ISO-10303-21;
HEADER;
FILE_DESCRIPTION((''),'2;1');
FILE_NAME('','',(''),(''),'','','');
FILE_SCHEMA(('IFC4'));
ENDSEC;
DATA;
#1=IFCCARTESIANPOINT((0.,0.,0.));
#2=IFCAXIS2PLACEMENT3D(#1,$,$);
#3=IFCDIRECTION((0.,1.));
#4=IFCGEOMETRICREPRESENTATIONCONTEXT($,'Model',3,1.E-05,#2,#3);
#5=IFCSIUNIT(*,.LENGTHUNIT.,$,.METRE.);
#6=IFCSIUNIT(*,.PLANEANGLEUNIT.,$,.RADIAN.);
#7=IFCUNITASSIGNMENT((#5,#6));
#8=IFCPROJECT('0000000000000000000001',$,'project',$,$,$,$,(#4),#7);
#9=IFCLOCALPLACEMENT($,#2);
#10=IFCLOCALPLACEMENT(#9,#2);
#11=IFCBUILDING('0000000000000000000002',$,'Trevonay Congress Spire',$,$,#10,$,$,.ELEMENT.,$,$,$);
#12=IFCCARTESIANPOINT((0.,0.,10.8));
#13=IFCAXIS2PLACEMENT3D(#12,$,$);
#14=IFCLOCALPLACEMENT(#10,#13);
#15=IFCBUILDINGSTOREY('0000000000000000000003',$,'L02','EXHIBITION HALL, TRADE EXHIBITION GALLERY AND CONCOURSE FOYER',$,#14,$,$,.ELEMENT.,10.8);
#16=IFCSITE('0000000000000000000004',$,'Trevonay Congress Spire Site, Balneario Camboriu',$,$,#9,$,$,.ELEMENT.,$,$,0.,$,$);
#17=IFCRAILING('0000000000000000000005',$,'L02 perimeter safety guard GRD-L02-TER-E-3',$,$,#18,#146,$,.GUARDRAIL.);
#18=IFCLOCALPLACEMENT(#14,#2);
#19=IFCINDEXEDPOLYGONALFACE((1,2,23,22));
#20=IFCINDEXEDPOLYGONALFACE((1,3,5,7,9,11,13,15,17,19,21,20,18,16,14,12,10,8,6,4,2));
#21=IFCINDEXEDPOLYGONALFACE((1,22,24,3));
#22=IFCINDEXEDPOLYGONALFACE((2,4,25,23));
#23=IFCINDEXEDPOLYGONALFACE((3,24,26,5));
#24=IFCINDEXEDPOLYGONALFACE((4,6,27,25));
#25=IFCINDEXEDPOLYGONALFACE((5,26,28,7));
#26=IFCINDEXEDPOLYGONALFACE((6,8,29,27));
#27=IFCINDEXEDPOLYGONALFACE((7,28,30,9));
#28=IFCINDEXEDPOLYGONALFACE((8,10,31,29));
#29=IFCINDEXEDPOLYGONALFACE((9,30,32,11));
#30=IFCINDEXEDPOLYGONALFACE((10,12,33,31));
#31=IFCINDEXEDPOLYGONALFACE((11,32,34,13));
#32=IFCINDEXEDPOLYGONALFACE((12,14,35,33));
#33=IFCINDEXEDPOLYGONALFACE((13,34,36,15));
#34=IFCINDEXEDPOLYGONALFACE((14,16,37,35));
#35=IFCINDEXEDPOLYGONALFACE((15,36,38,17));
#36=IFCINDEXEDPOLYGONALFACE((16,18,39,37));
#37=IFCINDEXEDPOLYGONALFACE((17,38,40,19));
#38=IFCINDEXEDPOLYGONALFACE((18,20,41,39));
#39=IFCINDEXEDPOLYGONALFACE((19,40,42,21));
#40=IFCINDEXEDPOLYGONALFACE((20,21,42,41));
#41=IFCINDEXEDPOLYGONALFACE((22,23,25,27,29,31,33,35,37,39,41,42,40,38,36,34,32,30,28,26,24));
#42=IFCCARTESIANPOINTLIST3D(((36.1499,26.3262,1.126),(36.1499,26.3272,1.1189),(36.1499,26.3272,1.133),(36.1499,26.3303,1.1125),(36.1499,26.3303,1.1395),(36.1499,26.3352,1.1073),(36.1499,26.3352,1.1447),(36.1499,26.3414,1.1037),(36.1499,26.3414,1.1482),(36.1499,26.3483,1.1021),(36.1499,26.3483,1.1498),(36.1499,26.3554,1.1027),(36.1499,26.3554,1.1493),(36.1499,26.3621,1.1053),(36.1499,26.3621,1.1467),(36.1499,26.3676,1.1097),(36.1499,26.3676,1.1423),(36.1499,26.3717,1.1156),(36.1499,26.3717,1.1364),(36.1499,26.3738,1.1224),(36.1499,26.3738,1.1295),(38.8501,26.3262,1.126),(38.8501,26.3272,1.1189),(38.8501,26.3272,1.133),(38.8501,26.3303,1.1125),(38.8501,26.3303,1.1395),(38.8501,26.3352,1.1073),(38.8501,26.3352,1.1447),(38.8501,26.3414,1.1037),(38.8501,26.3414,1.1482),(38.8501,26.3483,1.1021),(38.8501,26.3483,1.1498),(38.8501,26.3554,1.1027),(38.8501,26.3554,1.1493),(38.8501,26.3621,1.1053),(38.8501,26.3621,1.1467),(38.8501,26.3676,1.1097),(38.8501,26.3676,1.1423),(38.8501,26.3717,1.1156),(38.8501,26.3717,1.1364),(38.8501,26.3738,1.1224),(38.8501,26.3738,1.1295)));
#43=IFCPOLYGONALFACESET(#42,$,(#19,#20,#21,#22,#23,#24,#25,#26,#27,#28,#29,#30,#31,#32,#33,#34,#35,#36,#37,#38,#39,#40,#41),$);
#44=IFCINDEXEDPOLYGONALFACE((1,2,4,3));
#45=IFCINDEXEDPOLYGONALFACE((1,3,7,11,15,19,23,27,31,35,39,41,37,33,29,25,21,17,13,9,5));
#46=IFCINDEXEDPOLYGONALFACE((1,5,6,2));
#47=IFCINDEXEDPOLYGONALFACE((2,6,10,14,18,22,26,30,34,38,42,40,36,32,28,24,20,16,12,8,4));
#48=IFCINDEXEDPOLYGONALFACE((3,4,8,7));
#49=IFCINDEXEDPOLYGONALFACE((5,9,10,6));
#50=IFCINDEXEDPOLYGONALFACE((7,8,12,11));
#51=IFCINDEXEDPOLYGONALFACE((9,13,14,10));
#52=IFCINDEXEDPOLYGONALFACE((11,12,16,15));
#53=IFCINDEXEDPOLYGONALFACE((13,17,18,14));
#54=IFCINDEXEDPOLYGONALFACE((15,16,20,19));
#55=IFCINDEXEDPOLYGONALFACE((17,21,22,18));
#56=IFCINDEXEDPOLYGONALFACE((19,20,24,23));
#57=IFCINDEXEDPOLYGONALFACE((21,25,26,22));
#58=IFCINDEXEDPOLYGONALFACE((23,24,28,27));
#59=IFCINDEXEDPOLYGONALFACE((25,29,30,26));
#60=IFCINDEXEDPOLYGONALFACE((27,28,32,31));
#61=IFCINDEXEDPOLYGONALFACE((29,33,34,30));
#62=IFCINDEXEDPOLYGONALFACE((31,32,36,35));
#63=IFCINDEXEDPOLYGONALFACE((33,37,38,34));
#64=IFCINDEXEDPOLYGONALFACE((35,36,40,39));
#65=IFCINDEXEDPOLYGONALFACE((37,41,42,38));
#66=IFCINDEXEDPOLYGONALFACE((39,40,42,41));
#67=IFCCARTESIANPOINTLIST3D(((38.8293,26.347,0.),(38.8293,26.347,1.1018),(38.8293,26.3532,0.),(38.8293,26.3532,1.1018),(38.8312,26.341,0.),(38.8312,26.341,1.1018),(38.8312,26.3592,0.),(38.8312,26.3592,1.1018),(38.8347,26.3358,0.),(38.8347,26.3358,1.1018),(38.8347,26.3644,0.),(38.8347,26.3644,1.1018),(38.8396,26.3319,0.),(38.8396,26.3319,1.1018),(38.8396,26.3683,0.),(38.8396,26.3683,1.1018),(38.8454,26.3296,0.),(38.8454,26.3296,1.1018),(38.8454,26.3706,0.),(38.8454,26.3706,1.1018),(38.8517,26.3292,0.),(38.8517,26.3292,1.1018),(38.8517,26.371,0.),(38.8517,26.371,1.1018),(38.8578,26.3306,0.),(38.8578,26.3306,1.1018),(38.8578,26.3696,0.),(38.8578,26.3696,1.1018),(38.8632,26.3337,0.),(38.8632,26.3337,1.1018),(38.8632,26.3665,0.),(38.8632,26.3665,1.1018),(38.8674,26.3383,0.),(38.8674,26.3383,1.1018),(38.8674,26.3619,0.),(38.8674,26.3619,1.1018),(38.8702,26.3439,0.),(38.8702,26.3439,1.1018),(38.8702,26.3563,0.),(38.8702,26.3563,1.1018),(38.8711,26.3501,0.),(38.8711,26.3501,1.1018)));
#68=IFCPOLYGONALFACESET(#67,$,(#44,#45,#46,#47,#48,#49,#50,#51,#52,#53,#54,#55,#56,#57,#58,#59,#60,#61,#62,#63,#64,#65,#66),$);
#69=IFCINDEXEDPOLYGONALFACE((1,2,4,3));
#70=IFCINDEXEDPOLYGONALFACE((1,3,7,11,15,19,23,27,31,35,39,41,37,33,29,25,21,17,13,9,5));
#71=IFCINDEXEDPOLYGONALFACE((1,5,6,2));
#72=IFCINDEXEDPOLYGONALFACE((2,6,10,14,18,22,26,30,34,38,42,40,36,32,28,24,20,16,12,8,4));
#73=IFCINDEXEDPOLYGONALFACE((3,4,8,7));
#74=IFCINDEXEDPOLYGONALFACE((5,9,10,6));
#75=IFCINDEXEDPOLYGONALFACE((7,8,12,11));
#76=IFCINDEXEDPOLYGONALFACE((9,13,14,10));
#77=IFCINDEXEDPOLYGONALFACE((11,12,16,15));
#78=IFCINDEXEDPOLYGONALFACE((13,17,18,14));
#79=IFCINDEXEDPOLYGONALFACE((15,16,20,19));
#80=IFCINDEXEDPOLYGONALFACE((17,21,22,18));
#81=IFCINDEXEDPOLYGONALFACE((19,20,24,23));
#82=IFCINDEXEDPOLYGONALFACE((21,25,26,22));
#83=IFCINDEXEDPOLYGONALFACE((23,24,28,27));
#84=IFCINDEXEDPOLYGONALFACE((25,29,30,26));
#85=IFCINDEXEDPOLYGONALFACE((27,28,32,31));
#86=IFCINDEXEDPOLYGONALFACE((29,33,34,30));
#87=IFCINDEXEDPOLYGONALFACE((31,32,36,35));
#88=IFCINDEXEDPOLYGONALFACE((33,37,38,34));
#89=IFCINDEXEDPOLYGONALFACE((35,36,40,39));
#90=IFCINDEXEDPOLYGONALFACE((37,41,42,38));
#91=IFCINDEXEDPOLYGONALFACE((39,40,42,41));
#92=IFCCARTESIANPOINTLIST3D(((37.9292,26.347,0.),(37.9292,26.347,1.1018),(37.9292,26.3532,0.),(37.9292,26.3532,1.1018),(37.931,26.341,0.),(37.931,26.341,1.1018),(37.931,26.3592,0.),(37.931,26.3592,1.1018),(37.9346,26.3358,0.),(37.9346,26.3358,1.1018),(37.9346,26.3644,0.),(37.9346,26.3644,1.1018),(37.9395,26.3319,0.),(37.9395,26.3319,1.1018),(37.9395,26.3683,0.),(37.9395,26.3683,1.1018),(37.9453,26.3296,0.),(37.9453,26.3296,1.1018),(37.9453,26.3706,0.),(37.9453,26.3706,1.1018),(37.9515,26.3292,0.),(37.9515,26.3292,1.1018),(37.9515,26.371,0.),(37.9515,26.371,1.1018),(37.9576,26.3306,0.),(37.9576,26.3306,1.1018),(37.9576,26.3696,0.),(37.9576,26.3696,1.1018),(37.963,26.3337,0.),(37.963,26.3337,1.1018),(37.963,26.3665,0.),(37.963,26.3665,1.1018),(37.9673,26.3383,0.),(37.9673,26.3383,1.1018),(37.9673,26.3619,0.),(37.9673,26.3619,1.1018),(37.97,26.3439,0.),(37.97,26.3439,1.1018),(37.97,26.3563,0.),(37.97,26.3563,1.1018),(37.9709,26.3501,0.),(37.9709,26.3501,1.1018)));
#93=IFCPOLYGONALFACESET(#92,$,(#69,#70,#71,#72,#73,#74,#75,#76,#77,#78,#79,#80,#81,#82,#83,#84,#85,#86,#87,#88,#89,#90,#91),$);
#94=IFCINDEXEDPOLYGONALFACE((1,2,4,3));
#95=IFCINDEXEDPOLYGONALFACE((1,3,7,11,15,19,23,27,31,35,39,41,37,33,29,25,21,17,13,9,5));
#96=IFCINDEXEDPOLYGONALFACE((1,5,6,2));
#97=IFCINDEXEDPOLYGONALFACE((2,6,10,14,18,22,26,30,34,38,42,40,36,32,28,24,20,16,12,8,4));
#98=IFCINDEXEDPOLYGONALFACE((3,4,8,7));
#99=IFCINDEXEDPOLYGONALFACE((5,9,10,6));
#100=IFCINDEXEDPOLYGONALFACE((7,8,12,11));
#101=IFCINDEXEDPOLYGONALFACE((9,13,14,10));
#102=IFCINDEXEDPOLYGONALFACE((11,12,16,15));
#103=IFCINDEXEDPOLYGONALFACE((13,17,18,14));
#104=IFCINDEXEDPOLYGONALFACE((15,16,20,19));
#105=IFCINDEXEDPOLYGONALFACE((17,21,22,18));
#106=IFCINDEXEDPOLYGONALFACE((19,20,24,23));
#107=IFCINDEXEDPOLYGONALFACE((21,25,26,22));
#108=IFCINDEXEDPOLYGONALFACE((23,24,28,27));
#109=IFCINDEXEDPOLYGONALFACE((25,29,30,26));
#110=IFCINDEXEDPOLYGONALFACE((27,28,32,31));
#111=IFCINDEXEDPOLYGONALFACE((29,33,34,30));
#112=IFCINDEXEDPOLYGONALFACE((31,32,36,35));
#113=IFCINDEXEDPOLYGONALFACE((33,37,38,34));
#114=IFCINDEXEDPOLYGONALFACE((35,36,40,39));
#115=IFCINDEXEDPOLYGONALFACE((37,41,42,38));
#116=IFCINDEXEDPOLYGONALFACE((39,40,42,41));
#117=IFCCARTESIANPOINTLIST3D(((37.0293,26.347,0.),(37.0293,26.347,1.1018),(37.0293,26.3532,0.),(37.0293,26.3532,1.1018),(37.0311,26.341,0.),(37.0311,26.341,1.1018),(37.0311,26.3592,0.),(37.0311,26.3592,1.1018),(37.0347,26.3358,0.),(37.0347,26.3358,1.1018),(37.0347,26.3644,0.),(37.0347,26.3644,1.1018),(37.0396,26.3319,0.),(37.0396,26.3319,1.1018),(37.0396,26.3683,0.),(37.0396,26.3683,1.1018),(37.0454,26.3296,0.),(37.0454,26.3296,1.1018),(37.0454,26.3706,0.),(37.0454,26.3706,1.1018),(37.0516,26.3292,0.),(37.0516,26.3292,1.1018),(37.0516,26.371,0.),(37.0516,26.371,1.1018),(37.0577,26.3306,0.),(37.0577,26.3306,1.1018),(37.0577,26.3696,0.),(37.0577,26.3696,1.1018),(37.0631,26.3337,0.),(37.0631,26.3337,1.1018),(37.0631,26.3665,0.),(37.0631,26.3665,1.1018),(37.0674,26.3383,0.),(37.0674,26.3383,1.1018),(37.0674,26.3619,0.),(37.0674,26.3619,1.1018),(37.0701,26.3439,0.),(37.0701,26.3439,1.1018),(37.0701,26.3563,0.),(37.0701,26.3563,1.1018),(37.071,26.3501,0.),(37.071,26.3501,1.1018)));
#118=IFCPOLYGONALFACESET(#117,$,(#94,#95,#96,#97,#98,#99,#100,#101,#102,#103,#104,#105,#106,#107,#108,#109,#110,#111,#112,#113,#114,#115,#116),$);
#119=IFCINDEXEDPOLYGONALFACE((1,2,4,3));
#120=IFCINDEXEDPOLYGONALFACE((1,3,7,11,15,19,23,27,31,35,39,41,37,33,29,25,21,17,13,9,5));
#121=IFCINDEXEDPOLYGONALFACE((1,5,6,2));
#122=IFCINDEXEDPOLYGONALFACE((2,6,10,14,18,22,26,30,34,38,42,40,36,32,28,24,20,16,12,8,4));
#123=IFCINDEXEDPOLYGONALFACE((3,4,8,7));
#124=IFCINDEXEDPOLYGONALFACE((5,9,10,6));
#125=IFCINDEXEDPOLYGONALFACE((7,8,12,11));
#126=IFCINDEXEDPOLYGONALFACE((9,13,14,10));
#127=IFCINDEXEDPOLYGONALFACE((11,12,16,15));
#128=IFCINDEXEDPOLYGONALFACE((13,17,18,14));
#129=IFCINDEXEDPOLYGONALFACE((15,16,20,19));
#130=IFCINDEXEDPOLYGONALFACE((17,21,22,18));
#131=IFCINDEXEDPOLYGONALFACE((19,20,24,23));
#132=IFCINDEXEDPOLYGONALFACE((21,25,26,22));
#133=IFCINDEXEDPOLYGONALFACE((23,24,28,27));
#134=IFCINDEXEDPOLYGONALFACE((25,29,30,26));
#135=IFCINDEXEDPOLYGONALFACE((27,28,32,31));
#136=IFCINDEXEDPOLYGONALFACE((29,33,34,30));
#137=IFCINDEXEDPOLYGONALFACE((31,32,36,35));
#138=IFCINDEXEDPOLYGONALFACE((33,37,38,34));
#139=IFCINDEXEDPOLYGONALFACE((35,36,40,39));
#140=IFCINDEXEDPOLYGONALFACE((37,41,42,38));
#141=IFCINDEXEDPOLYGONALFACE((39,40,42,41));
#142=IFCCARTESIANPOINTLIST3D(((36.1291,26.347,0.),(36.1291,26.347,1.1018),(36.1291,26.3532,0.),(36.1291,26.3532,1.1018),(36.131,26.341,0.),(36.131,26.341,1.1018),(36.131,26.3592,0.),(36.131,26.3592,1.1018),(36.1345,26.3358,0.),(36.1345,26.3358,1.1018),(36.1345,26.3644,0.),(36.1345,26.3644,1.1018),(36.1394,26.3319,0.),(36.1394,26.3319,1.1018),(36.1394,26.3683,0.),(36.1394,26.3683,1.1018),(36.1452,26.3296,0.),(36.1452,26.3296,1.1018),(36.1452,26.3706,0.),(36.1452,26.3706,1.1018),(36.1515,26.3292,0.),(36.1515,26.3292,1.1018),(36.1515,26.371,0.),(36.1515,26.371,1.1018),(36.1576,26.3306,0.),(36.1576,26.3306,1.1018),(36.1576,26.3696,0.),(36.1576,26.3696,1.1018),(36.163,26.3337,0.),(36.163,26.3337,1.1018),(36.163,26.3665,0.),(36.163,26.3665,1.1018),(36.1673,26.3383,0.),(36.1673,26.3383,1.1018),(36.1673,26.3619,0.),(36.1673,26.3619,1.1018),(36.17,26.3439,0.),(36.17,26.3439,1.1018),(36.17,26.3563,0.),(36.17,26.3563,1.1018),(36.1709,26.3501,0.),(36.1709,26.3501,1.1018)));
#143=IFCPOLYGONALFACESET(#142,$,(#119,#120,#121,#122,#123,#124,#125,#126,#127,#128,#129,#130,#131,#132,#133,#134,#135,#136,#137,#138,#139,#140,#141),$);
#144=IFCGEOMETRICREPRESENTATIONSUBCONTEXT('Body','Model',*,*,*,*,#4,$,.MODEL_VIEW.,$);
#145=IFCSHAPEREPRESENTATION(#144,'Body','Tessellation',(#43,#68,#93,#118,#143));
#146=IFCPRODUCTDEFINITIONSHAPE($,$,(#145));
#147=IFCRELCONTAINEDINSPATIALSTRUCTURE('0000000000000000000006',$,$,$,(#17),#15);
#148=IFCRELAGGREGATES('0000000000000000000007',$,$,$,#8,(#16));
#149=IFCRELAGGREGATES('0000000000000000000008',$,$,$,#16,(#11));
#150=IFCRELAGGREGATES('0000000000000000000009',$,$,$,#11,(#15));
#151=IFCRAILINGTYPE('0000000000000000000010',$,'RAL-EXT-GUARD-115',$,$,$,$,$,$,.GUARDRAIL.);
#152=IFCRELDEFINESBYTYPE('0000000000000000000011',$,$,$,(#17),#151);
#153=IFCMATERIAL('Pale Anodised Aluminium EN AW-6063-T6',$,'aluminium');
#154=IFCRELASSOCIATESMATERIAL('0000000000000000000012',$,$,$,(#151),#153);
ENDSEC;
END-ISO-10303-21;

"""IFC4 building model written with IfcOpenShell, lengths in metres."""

from ifc_helpers import new_model, si_unit, direction, frame, origin, origin_2d, place, context, subcontext, project, spatial, circle, extrude, material, type_object, element, save


model = new_model("IFC4")

# Units and contexts
model_context = context("Model", 3, precision=1e-05, world=origin(), true_north=direction((0.0, 1.0)))
body_context = subcontext(model_context, "Body", "Model", "MODEL_VIEW")
ifc_project = project(units=[si_unit("LENGTHUNIT", "METRE"), si_unit("PLANEANGLEUNIT", "RADIAN")], contexts=[model_context])

# Site, building, storey
site_placement = place(None, origin())
site = spatial("IfcSite", under=ifc_project, at=site_placement, Name="Trevonay Congress Spire Site, Balneario Camboriu", CompositionType="ELEMENT", RefElevation=0.0)
building_placement = place(site_placement, origin())
building = spatial("IfcBuilding", under=site, at=building_placement, Name="Trevonay Congress Spire", CompositionType="ELEMENT")
storey_placement = place(building_placement, frame((0.0, 0.0, 10.8)))
storey = spatial("IfcBuildingStorey", under=building, at=storey_placement, Name="L02", Description="EXHIBITION HALL, TRADE EXHIBITION GALLERY AND CONCOURSE FOYER", CompositionType="ELEMENT", Elevation=10.8)

# Shared definitions
ifc_material_1 = material(Name="Pale Anodised Aluminium EN AW-6063-T6", Category="aluminium")

# Railing
railing_type_1 = type_object("IfcRailingType", Name="RAL-EXT-GUARD-115", PredefinedType="GUARDRAIL", material=ifc_material_1)
railing_1_placement = place(storey_placement, frame((38.8501, 26.3501, 0.0)))
element("IfcRailing", 1, at=railing_1_placement, inside=storey, type_object=railing_type_1, Name="L02 perimeter safety guard GRD-L02-TER-E-3", PredefinedType="GUARDRAIL", context=body_context, shape_type="SweptSolid", body=[
    extrude(circle(Radius=0.0239, at=origin_2d()), frame((0.0, 0.0, 1.126), z_axis=(-1.0, 0.0, 0.0), x_axis=(0.0, -1.0, 0.0)), (0.0, 0.0, 1.0), 2.7002),
    extrude(circle(Radius=0.021, at=origin_2d()), origin(), (0.0, 0.0, 1.0), 1.1018),
    extrude(circle(Radius=0.021, at=origin_2d()), frame((-0.9001, 0.0, 0.0)), (0.0, 0.0, 1.0), 1.1018),
    extrude(circle(Radius=0.021, at=origin_2d()), frame((-1.8, 0.0, 0.0)), (0.0, 0.0, 1.0), 1.1018),
    extrude(circle(Radius=0.021, at=origin_2d()), frame((-2.7002, 0.0, 0.0)), (0.0, 0.0, 1.0), 1.1018),
])

save(model, "model.ifc")
